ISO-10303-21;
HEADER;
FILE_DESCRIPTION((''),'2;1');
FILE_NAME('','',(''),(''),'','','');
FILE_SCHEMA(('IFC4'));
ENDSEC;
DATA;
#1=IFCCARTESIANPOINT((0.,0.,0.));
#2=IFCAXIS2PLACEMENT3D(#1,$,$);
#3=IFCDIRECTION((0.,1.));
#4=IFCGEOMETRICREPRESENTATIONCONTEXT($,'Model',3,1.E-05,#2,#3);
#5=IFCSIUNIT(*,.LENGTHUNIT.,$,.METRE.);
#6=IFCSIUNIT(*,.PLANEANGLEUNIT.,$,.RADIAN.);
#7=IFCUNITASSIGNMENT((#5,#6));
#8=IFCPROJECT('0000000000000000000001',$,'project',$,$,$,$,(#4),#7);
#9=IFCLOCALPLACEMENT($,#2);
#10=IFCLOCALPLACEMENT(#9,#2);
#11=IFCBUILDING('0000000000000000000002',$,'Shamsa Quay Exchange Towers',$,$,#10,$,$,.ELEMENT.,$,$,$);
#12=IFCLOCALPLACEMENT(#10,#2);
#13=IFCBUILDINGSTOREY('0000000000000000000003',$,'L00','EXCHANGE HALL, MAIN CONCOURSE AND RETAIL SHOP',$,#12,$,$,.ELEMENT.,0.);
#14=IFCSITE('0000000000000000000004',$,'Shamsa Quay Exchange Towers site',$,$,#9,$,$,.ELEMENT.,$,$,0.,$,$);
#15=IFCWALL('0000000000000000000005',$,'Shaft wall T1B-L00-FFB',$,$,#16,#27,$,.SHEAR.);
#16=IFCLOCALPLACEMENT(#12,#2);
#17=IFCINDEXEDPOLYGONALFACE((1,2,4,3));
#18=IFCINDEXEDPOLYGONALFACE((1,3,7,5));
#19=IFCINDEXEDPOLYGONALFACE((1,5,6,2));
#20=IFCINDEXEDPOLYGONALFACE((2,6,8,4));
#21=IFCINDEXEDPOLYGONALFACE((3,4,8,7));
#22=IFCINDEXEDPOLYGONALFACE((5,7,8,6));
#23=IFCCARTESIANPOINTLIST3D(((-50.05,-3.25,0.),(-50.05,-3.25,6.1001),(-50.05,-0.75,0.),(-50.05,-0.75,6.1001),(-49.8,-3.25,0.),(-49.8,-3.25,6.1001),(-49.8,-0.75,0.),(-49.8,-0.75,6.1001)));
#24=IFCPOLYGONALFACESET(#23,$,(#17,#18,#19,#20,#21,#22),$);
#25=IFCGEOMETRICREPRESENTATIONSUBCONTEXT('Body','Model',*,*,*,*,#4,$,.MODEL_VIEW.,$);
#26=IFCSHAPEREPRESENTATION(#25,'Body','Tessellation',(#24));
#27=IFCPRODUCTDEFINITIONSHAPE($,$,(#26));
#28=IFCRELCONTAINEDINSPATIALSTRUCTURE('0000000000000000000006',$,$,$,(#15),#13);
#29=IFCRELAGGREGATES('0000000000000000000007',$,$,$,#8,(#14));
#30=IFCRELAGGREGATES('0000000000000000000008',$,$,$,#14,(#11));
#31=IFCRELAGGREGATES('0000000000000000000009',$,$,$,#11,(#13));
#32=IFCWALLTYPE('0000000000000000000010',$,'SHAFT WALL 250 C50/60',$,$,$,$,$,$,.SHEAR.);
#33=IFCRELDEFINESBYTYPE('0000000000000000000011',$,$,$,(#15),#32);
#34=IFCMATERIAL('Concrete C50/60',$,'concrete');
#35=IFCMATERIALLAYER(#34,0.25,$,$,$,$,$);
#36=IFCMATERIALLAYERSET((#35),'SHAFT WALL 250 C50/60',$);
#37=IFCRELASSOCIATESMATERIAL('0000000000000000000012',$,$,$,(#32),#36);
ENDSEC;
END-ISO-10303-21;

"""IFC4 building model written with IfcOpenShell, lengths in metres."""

from ifc_helpers import new_model, si_unit, direction, frame, frame_2d, origin, place, context, subcontext, project, spatial, rectangle, extrude, material, layer, layer_set, type_object, element, save


model = new_model("IFC4")

# Units and contexts
model_context = context("Model", 3, precision=1e-05, world=origin(), true_north=direction((0.0, 1.0)))
body_context = subcontext(model_context, "Body", "Model", "MODEL_VIEW")
ifc_project = project(units=[si_unit("LENGTHUNIT", "METRE"), si_unit("PLANEANGLEUNIT", "RADIAN")], contexts=[model_context])

# Site, building, storey
site_placement = place(None, origin())
site = spatial("IfcSite", under=ifc_project, at=site_placement, Name="Shamsa Quay Exchange Towers site", CompositionType="ELEMENT", RefElevation=0.0)
building_placement = place(site_placement, origin())
building = spatial("IfcBuilding", under=site, at=building_placement, Name="Shamsa Quay Exchange Towers", CompositionType="ELEMENT")
storey_placement = place(building_placement, origin())
storey = spatial("IfcBuildingStorey", under=building, at=storey_placement, Name="L00", Description="EXCHANGE HALL, MAIN CONCOURSE AND RETAIL SHOP", CompositionType="ELEMENT", Elevation=0.0)

# Wall
ifc_material_1 = material(Name="Concrete C50/60", Category="concrete")
ifc_layer_1 = layer(ifc_material_1, 0.25)
ifc_layer_set_1 = layer_set([ifc_layer_1], Name="SHAFT WALL 250 C50/60")
wall_type_1 = type_object("IfcWallType", Name="SHAFT WALL 250 C50/60", PredefinedType="SHEAR", material=ifc_layer_set_1)
wall_1_placement = place(storey_placement, frame((-49.925, -3.25, 0.0), z_axis=(0.0, 0.0, 1.0), x_axis=(0.0, 1.0, 0.0)))
element("IfcWall", 1, at=wall_1_placement, inside=storey, type_object=wall_type_1, Name="Shaft wall T1B-L00-FFB", PredefinedType="SHEAR", context=body_context, shape_type="SweptSolid", body=[
    extrude(rectangle(XDim=2.5, YDim=0.25, at=frame_2d((1.25, 0.0))), origin(), (0.0, 0.0, 1.0), 6.1001),
])

save(model, "model.ifc")
